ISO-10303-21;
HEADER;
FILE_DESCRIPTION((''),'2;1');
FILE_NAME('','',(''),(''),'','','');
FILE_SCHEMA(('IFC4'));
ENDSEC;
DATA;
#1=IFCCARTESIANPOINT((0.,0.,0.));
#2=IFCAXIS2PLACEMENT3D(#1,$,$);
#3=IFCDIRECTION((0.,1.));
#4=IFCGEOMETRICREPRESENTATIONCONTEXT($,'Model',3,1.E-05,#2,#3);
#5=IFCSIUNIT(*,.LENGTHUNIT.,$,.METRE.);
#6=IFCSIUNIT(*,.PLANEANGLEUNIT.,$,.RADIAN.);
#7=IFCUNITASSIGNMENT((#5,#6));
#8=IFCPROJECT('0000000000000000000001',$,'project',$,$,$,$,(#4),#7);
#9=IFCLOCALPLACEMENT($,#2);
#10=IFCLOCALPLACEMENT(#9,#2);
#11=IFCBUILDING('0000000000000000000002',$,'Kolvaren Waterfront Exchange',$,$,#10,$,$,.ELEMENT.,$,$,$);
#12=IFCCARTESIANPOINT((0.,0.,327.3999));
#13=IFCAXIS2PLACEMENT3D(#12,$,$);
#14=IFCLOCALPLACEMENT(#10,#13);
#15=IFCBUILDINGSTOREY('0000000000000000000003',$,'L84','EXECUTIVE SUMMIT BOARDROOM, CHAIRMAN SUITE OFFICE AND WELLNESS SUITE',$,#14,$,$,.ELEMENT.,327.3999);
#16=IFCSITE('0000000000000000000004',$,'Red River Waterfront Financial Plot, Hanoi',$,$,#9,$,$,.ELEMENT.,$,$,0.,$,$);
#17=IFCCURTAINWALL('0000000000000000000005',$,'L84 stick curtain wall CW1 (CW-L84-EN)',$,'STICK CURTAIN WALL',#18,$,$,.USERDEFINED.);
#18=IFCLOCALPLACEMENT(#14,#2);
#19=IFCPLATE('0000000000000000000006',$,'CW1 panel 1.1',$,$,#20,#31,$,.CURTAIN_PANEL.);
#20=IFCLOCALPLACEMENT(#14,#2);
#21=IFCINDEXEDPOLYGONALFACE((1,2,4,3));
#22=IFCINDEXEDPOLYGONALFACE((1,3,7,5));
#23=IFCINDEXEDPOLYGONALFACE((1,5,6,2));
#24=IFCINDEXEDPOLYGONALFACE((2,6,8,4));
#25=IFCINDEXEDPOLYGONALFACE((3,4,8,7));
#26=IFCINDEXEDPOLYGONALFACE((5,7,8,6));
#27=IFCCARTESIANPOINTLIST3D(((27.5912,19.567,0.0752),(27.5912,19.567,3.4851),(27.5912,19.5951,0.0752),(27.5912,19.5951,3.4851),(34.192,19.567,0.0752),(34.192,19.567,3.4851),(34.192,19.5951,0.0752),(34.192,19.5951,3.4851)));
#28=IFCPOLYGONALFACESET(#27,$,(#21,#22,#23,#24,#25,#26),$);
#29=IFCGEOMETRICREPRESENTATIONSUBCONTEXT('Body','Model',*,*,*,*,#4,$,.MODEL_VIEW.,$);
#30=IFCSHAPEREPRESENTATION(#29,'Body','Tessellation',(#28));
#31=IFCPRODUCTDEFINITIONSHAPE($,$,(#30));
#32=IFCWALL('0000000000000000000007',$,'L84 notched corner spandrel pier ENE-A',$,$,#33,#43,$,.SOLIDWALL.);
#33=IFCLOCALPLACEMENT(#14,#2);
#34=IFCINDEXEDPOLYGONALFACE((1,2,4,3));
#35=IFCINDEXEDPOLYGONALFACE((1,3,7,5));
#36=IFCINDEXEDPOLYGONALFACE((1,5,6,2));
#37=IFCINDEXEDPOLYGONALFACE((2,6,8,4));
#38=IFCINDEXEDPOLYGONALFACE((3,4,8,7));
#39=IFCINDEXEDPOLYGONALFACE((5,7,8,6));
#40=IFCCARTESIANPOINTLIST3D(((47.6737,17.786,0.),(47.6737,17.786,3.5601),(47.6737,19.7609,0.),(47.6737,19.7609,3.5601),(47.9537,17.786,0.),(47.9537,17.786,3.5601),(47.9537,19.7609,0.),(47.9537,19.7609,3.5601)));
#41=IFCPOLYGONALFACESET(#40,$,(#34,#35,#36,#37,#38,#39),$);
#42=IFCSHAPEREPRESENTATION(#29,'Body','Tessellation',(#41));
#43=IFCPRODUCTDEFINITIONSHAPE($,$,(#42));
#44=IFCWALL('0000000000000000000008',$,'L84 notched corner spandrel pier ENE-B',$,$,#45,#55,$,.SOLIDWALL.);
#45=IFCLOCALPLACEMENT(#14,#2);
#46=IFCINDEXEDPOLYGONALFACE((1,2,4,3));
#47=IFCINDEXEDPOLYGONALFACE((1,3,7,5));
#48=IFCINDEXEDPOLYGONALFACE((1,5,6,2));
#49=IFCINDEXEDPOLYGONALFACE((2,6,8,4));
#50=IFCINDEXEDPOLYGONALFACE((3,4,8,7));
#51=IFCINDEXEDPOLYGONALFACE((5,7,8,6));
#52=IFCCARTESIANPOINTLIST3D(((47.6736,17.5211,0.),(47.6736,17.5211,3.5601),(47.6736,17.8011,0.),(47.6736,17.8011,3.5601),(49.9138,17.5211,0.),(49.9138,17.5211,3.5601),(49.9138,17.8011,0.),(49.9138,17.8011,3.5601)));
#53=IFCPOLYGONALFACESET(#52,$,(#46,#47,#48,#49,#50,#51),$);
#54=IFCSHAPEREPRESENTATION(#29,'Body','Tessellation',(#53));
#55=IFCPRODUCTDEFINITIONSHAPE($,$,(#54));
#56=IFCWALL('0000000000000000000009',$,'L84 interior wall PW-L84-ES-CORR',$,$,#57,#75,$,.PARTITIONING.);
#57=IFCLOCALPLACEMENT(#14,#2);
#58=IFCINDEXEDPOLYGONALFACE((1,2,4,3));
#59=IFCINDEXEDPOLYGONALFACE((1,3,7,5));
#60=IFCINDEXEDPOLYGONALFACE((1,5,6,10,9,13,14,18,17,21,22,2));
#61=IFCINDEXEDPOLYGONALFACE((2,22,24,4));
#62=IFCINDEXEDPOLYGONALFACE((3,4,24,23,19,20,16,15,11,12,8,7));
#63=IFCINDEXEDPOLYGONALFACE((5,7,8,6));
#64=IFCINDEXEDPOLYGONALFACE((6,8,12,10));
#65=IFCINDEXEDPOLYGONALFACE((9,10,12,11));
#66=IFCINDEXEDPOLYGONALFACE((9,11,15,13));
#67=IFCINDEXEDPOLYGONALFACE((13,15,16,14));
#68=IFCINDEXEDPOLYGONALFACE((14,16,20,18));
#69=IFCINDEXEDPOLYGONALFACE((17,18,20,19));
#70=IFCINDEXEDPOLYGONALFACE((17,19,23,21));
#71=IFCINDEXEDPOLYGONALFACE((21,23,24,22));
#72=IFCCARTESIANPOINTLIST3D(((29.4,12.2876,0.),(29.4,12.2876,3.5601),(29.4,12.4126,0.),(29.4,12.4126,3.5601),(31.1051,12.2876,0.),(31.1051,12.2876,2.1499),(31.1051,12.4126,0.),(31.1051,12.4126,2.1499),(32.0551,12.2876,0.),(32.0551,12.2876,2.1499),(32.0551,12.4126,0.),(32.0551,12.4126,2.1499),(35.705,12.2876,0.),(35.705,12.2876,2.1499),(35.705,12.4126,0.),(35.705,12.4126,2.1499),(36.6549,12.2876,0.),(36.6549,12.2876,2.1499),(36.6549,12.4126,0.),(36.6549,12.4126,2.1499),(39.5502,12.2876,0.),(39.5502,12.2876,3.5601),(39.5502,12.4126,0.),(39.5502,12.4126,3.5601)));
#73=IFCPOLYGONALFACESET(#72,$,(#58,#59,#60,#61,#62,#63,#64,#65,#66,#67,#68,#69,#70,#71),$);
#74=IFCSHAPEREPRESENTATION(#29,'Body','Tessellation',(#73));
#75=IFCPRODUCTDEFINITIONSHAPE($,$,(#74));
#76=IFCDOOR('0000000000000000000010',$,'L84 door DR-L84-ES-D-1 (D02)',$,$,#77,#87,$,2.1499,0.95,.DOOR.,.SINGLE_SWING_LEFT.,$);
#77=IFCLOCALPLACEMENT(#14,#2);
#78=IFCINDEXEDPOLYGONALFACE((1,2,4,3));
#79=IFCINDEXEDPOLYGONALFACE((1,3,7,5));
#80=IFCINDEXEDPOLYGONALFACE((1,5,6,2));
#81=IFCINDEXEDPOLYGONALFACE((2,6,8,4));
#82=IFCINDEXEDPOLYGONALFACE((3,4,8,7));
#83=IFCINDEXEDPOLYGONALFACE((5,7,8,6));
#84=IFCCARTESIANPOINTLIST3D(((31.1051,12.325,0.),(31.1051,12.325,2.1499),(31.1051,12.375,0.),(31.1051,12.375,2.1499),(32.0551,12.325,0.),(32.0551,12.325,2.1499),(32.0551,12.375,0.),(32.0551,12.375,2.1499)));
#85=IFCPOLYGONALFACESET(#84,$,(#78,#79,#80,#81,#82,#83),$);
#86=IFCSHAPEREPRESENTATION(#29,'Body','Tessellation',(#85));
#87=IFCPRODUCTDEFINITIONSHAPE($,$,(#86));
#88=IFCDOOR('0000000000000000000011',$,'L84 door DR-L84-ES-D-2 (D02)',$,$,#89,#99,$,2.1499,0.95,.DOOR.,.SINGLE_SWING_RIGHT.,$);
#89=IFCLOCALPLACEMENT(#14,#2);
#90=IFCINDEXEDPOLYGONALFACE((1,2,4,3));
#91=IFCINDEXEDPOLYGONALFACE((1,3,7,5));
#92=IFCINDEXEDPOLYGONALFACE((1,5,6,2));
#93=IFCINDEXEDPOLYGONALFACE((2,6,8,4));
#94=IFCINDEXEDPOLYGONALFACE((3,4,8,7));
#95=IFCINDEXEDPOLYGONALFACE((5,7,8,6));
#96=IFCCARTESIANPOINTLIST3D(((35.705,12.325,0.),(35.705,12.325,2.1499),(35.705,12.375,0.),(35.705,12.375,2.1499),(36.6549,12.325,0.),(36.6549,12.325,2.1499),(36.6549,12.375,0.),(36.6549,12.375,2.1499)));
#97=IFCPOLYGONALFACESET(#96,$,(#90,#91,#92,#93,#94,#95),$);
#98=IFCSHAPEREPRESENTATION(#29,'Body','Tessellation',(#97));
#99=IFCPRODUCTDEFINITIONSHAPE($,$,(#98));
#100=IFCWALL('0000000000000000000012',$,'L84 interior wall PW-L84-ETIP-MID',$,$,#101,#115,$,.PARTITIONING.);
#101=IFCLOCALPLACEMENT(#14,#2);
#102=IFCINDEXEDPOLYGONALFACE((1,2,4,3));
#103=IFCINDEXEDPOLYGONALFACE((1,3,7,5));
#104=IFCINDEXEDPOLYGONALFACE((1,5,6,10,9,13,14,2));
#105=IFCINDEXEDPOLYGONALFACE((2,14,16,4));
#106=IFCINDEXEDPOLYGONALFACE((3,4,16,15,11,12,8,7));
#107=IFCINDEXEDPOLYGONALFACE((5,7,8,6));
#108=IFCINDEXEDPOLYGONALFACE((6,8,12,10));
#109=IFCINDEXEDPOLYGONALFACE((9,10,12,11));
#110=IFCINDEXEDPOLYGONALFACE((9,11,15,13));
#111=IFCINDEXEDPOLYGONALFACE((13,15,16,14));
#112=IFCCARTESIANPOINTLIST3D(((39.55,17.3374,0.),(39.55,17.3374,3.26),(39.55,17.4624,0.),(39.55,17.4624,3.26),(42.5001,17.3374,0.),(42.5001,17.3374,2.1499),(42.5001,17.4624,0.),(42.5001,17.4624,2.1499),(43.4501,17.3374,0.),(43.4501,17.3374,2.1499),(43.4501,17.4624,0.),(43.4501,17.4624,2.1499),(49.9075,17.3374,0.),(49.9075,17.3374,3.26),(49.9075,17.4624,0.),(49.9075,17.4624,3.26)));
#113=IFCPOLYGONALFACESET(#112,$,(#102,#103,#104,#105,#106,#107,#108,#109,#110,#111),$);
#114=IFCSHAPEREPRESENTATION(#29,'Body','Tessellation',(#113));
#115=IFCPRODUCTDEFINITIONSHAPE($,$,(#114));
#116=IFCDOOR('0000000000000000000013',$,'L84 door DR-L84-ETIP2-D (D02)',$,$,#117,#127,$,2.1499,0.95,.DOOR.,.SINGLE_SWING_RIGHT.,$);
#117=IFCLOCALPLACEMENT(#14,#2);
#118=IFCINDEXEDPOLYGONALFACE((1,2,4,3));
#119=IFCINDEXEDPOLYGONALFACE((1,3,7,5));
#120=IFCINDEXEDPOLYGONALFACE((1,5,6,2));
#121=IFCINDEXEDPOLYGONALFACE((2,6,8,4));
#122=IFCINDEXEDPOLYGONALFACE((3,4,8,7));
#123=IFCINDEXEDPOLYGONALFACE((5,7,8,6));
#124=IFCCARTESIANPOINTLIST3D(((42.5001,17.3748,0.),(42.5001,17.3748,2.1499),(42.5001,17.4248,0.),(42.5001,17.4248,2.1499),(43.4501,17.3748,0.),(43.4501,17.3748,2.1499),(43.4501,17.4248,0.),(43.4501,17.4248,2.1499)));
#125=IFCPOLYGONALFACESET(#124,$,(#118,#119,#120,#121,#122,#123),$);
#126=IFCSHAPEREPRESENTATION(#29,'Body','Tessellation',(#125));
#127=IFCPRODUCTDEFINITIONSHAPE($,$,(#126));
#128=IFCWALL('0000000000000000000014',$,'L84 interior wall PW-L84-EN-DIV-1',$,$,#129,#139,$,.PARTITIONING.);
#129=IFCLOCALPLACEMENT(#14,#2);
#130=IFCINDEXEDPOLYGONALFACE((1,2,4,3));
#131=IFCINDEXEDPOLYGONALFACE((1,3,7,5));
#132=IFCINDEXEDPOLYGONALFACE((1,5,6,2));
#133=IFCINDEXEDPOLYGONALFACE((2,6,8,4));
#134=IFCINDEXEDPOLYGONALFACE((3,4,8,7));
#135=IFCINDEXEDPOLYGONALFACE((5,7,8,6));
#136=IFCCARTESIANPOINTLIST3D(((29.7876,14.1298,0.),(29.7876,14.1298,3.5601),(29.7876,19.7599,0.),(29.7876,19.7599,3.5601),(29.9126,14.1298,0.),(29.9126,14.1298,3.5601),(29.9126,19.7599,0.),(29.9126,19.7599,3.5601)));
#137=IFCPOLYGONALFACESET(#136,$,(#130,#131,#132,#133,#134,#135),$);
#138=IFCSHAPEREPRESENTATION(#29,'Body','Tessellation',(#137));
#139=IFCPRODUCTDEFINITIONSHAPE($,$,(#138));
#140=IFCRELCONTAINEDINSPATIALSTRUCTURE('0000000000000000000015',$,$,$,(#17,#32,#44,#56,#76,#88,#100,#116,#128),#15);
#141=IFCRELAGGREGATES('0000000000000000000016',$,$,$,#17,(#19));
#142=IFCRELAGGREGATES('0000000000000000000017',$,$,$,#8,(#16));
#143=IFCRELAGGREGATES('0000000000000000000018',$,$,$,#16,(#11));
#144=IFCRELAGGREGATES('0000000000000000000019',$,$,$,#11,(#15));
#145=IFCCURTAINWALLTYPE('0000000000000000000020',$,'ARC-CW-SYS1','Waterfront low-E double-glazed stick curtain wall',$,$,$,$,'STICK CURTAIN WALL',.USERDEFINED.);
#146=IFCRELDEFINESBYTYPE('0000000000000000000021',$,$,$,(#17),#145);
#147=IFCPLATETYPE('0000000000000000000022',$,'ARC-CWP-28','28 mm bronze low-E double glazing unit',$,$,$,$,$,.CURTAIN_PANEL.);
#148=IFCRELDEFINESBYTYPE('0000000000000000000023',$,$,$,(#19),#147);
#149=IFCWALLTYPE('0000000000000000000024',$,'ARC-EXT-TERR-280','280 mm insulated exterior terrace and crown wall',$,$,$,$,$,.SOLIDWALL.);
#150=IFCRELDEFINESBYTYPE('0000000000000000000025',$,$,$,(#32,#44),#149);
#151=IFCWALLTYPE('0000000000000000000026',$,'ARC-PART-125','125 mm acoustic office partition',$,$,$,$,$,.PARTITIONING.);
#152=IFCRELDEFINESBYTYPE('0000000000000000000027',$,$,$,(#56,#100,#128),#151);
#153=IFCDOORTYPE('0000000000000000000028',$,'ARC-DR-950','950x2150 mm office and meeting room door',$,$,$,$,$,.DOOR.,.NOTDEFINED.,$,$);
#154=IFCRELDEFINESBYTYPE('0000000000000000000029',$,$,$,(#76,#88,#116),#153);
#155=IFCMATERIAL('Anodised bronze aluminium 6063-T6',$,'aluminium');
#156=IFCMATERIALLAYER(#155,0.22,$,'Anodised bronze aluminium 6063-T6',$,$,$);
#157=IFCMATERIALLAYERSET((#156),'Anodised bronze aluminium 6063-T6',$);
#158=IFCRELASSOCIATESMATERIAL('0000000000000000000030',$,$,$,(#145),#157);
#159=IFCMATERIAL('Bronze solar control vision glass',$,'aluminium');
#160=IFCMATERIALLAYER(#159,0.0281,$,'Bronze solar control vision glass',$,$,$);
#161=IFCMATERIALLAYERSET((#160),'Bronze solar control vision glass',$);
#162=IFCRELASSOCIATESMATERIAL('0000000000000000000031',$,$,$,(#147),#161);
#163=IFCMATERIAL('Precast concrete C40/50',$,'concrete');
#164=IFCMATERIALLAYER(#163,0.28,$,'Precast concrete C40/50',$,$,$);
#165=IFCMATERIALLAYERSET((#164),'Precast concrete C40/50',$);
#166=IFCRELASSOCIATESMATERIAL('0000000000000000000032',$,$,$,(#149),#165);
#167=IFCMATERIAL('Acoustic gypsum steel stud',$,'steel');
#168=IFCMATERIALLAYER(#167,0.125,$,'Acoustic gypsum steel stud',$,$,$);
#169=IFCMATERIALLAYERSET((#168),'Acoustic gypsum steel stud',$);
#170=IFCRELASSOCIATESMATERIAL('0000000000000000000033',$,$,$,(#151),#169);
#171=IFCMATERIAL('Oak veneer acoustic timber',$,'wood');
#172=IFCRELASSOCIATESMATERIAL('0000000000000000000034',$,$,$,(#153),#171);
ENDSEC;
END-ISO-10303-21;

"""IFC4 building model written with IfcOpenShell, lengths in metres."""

from ifc_helpers import new_model, si_unit, direction, frame, frame_2d, origin, origin_with_axes, origin_2d, place, context, subcontext, project, spatial, rectangle, extrude, source, transform, mapped, material, layer, layer_set, type_object, element, fill, aggregate, save


model = new_model("IFC4")

# Units and contexts
model_context = context("Model", 3, precision=1e-05, world=origin(), true_north=direction((0.0, 1.0)))
body_context = subcontext(model_context, "Body", "Model", "MODEL_VIEW")
ifc_project = project(units=[si_unit("LENGTHUNIT", "METRE"), si_unit("PLANEANGLEUNIT", "RADIAN")], contexts=[model_context])

# Site, building, storey
site_placement = place(None, origin())
site = spatial("IfcSite", under=ifc_project, at=site_placement, Name="Red River Waterfront Financial Plot, Hanoi", CompositionType="ELEMENT", RefElevation=0.0)
building_placement = place(site_placement, origin())
building = spatial("IfcBuilding", under=site, at=building_placement, Name="Kolvaren Waterfront Exchange", CompositionType="ELEMENT")
storey_placement = place(building_placement, frame((0.0, 0.0, 327.3999)))
storey = spatial("IfcBuildingStorey", under=building, at=storey_placement, Name="L84", Description="EXECUTIVE SUMMIT BOARDROOM, CHAIRMAN SUITE OFFICE AND WELLNESS SUITE", CompositionType="ELEMENT", Elevation=327.3999)

# Curtain wall, plate
ifc_material_1 = material(Name="Anodised bronze aluminium 6063-T6", Category="aluminium")
ifc_layer_1 = layer(ifc_material_1, 0.22, Name="Anodised bronze aluminium 6063-T6")
ifc_layer_set_1 = layer_set([ifc_layer_1], Name="Anodised bronze aluminium 6063-T6")
curtain_wall_type = type_object("IfcCurtainWallType", Name="ARC-CW-SYS1", Description="Waterfront low-E double-glazed stick curtain wall", ElementType="STICK CURTAIN WALL", PredefinedType="USERDEFINED", material=ifc_layer_set_1)
curtain_wall_placement = place(storey_placement, origin())
curtain_wall = element("IfcCurtainWall", 1, at=curtain_wall_placement, inside=storey, type_object=curtain_wall_type, Name="L84 stick curtain wall CW1 (CW-L84-EN)", ObjectType="STICK CURTAIN WALL", PredefinedType="USERDEFINED")
ifc_material_2 = material(Name="Bronze solar control vision glass", Category="aluminium")
ifc_layer_2 = layer(ifc_material_2, 0.0281, Name="Bronze solar control vision glass")
ifc_layer_set_2 = layer_set([ifc_layer_2], Name="Bronze solar control vision glass")
plate_type = type_object("IfcPlateType", Name="ARC-CWP-28", Description="28 mm bronze low-E double glazing unit", PredefinedType="CURTAIN_PANEL", material=ifc_layer_set_2)
shared_shape_1 = source(origin_with_axes(), body_context, "Body", "SweptSolid", [
    extrude(rectangle(XDim=6.6008, YDim=0.0281, at=origin_2d()), origin(), (0.0, 0.0, 1.0), 3.4099),
])
plate_placement = place(storey_placement, frame((30.8916, 19.5811, 0.0752), z_axis=(0.0, 0.0, 1.0), x_axis=(1.0, 0.0, 0.0)))
plate = element("IfcPlate", 2, at=plate_placement, type_object=plate_type, Name="CW1 panel 1.1", PredefinedType="CURTAIN_PANEL", context=body_context, shape_type="MappedRepresentation", body=[
    mapped(shared_shape_1, transform((0.0, 0.0, 0.0), x_axis=(1.0, 0.0, 0.0), y_axis=(0.0, 1.0, 0.0), z_axis=(0.0, 0.0, 1.0), scale=1.0)),
])
aggregate(curtain_wall, [plate])

# Walls
ifc_material_3 = material(Name="Precast concrete C40/50", Category="concrete")
ifc_layer_3 = layer(ifc_material_3, 0.28, Name="Precast concrete C40/50")
ifc_layer_set_3 = layer_set([ifc_layer_3], Name="Precast concrete C40/50")
wall_type_1 = type_object("IfcWallType", Name="ARC-EXT-TERR-280", Description="280 mm insulated exterior terrace and crown wall", PredefinedType="SOLIDWALL", material=ifc_layer_set_3)
wall_1_placement = place(storey_placement, frame((47.8137, 17.7861, 0.0), z_axis=(0.0, 0.0, 1.0), x_axis=(0.0, 1.0, 0.0)))
element("IfcWall", 3, at=wall_1_placement, inside=storey, type_object=wall_type_1, Name="L84 notched corner spandrel pier ENE-A", PredefinedType="SOLIDWALL", context=body_context, shape_type="SweptSolid", body=[
    extrude(rectangle(XDim=1.9749, YDim=0.28, at=frame_2d((0.9873, 0.0))), origin(), (0.0, 0.0, 1.0), 3.5601),
])
wall_2_placement = place(storey_placement, frame((47.6736, 17.6611, 0.0), z_axis=(0.0, 0.0, 1.0), x_axis=(1.0, 0.0, 0.0)))
element("IfcWall", 4, at=wall_2_placement, inside=storey, type_object=wall_type_1, Name="L84 notched corner spandrel pier ENE-B", PredefinedType="SOLIDWALL", context=body_context, shape_type="SweptSolid", body=[
    extrude(rectangle(XDim=2.2402, YDim=0.28, at=frame_2d((1.1201, 0.0))), origin(), (0.0, 0.0, 1.0), 3.5601),
])

# Wall, openings, doors
ifc_material_4 = material(Name="Acoustic gypsum steel stud", Category="steel")
ifc_layer_4 = layer(ifc_material_4, 0.125, Name="Acoustic gypsum steel stud")
ifc_layer_set_4 = layer_set([ifc_layer_4], Name="Acoustic gypsum steel stud")
wall_type_2 = type_object("IfcWallType", Name="ARC-PART-125", Description="125 mm acoustic office partition", PredefinedType="PARTITIONING", material=ifc_layer_set_4)
wall_3_placement = place(storey_placement, frame((29.3999, 12.3501, 0.0), z_axis=(0.0, 0.0, 1.0), x_axis=(1.0, 0.0, 0.0)))
wall_3 = element("IfcWall", 5, at=wall_3_placement, inside=storey, type_object=wall_type_2, Name="L84 interior wall PW-L84-ES-CORR", PredefinedType="PARTITIONING", context=body_context, shape_type="SweptSolid", body=[
    extrude(rectangle(XDim=10.1501, YDim=0.125, at=frame_2d((5.0752, 0.0))), origin(), (0.0, 0.0, 1.0), 3.5601),
])
opening_1_placement = place(wall_3_placement, frame((1.7051, 0.0, 0.0)))
opening_1 = element("IfcOpeningElement", 6, at=opening_1_placement, cuts=wall_3, PredefinedType="OPENING", context=body_context, shape_type="SweptSolid", body=[
    extrude(rectangle(XDim=0.95, YDim=2.1499, at=frame_2d((0.4751, 1.075))), frame((0.0, 0.0725, 0.0), z_axis=(0.0, -1.0, 0.0), x_axis=(1.0, 0.0, 0.0)), (0.0, 0.0, 1.0), 0.145),
])
opening_2_placement = place(wall_3_placement, frame((6.3049, 0.0, 0.0)))
opening_2 = element("IfcOpeningElement", 7, at=opening_2_placement, cuts=wall_3, PredefinedType="OPENING", context=body_context, shape_type="SweptSolid", body=[
    extrude(rectangle(XDim=0.95, YDim=2.1499, at=frame_2d((0.4751, 1.075))), frame((0.0, 0.0725, 0.0), z_axis=(0.0, -1.0, 0.0), x_axis=(1.0, 0.0, 0.0)), (0.0, 0.0, 1.0), 0.145),
])
ifc_material_5 = material(Name="Oak veneer acoustic timber", Category="wood")
door_type = type_object("IfcDoorType", Name="ARC-DR-950", Description="950x2150 mm office and meeting room door", OperationType="NOTDEFINED", PredefinedType="DOOR", material=ifc_material_5)
door_1_placement = place(opening_1_placement, origin())
door_1 = element("IfcDoor", 8, at=door_1_placement, inside=storey, type_object=door_type, Name="L84 door DR-L84-ES-D-1 (D02)", OperationType="SINGLE_SWING_LEFT", OverallHeight=2.1499, OverallWidth=0.95, PredefinedType="DOOR", context=body_context, shape_type="SweptSolid", body=[
    extrude(rectangle(XDim=0.95, YDim=2.1499, at=frame_2d((0.4751, 1.075))), frame((0.0, 0.0249, 0.0), z_axis=(0.0, -1.0, 0.0), x_axis=(1.0, 0.0, 0.0)), (0.0, 0.0, 1.0), 0.05),
])
fill(opening_1, door_1)
door_2_placement = place(opening_2_placement, origin())
door_2 = element("IfcDoor", 9, at=door_2_placement, inside=storey, type_object=door_type, Name="L84 door DR-L84-ES-D-2 (D02)", OperationType="SINGLE_SWING_RIGHT", OverallHeight=2.1499, OverallWidth=0.95, PredefinedType="DOOR", context=body_context, shape_type="SweptSolid", body=[
    extrude(rectangle(XDim=0.95, YDim=2.1499, at=frame_2d((0.4751, 1.075))), frame((0.0, 0.0249, 0.0), z_axis=(0.0, -1.0, 0.0), x_axis=(1.0, 0.0, 0.0)), (0.0, 0.0, 1.0), 0.05),
])
fill(opening_2, door_2)

# Wall, opening, door
wall_4_placement = place(storey_placement, frame((39.55, 17.3999, 0.0), z_axis=(0.0, 0.0, 1.0), x_axis=(1.0, 0.0, 0.0)))
wall_4 = element("IfcWall", 10, at=wall_4_placement, inside=storey, type_object=wall_type_2, Name="L84 interior wall PW-L84-ETIP-MID", PredefinedType="PARTITIONING", context=body_context, shape_type="SweptSolid", body=[
    extrude(rectangle(XDim=10.3574, YDim=0.125, at=frame_2d((5.1787, 0.0))), origin(), (0.0, 0.0, 1.0), 3.26),
])
opening_3_placement = place(wall_4_placement, frame((2.95, 0.0, 0.0)))
opening_3 = element("IfcOpeningElement", 11, at=opening_3_placement, cuts=wall_4, PredefinedType="OPENING", context=body_context, shape_type="SweptSolid", body=[
    extrude(rectangle(XDim=0.95, YDim=2.1499, at=frame_2d((0.4751, 1.075))), frame((0.0, 0.0725, 0.0), z_axis=(0.0, -1.0, 0.0), x_axis=(1.0, 0.0, 0.0)), (0.0, 0.0, 1.0), 0.145),
])
door_3_placement = place(opening_3_placement, origin())
door_3 = element("IfcDoor", 12, at=door_3_placement, inside=storey, type_object=door_type, Name="L84 door DR-L84-ETIP2-D (D02)", OperationType="SINGLE_SWING_RIGHT", OverallHeight=2.1499, OverallWidth=0.95, PredefinedType="DOOR", context=body_context, shape_type="SweptSolid", body=[
    extrude(rectangle(XDim=0.95, YDim=2.1499, at=frame_2d((0.4751, 1.075))), frame((0.0, 0.0249, 0.0), z_axis=(0.0, -1.0, 0.0), x_axis=(1.0, 0.0, 0.0)), (0.0, 0.0, 1.0), 0.05),
])
fill(opening_3, door_3)

# Wall
wall_5_placement = place(storey_placement, frame((29.8501, 14.1299, 0.0), z_axis=(0.0, 0.0, 1.0), x_axis=(0.0, 1.0, 0.0)))
element("IfcWall", 13, at=wall_5_placement, inside=storey, type_object=wall_type_2, Name="L84 interior wall PW-L84-EN-DIV-1", PredefinedType="PARTITIONING", context=body_context, shape_type="SweptSolid", body=[
    extrude(rectangle(XDim=5.6301, YDim=0.125, at=frame_2d((2.8149, 0.0))), origin(), (0.0, 0.0, 1.0), 3.5601),
])

save(model, "model.ifc")
